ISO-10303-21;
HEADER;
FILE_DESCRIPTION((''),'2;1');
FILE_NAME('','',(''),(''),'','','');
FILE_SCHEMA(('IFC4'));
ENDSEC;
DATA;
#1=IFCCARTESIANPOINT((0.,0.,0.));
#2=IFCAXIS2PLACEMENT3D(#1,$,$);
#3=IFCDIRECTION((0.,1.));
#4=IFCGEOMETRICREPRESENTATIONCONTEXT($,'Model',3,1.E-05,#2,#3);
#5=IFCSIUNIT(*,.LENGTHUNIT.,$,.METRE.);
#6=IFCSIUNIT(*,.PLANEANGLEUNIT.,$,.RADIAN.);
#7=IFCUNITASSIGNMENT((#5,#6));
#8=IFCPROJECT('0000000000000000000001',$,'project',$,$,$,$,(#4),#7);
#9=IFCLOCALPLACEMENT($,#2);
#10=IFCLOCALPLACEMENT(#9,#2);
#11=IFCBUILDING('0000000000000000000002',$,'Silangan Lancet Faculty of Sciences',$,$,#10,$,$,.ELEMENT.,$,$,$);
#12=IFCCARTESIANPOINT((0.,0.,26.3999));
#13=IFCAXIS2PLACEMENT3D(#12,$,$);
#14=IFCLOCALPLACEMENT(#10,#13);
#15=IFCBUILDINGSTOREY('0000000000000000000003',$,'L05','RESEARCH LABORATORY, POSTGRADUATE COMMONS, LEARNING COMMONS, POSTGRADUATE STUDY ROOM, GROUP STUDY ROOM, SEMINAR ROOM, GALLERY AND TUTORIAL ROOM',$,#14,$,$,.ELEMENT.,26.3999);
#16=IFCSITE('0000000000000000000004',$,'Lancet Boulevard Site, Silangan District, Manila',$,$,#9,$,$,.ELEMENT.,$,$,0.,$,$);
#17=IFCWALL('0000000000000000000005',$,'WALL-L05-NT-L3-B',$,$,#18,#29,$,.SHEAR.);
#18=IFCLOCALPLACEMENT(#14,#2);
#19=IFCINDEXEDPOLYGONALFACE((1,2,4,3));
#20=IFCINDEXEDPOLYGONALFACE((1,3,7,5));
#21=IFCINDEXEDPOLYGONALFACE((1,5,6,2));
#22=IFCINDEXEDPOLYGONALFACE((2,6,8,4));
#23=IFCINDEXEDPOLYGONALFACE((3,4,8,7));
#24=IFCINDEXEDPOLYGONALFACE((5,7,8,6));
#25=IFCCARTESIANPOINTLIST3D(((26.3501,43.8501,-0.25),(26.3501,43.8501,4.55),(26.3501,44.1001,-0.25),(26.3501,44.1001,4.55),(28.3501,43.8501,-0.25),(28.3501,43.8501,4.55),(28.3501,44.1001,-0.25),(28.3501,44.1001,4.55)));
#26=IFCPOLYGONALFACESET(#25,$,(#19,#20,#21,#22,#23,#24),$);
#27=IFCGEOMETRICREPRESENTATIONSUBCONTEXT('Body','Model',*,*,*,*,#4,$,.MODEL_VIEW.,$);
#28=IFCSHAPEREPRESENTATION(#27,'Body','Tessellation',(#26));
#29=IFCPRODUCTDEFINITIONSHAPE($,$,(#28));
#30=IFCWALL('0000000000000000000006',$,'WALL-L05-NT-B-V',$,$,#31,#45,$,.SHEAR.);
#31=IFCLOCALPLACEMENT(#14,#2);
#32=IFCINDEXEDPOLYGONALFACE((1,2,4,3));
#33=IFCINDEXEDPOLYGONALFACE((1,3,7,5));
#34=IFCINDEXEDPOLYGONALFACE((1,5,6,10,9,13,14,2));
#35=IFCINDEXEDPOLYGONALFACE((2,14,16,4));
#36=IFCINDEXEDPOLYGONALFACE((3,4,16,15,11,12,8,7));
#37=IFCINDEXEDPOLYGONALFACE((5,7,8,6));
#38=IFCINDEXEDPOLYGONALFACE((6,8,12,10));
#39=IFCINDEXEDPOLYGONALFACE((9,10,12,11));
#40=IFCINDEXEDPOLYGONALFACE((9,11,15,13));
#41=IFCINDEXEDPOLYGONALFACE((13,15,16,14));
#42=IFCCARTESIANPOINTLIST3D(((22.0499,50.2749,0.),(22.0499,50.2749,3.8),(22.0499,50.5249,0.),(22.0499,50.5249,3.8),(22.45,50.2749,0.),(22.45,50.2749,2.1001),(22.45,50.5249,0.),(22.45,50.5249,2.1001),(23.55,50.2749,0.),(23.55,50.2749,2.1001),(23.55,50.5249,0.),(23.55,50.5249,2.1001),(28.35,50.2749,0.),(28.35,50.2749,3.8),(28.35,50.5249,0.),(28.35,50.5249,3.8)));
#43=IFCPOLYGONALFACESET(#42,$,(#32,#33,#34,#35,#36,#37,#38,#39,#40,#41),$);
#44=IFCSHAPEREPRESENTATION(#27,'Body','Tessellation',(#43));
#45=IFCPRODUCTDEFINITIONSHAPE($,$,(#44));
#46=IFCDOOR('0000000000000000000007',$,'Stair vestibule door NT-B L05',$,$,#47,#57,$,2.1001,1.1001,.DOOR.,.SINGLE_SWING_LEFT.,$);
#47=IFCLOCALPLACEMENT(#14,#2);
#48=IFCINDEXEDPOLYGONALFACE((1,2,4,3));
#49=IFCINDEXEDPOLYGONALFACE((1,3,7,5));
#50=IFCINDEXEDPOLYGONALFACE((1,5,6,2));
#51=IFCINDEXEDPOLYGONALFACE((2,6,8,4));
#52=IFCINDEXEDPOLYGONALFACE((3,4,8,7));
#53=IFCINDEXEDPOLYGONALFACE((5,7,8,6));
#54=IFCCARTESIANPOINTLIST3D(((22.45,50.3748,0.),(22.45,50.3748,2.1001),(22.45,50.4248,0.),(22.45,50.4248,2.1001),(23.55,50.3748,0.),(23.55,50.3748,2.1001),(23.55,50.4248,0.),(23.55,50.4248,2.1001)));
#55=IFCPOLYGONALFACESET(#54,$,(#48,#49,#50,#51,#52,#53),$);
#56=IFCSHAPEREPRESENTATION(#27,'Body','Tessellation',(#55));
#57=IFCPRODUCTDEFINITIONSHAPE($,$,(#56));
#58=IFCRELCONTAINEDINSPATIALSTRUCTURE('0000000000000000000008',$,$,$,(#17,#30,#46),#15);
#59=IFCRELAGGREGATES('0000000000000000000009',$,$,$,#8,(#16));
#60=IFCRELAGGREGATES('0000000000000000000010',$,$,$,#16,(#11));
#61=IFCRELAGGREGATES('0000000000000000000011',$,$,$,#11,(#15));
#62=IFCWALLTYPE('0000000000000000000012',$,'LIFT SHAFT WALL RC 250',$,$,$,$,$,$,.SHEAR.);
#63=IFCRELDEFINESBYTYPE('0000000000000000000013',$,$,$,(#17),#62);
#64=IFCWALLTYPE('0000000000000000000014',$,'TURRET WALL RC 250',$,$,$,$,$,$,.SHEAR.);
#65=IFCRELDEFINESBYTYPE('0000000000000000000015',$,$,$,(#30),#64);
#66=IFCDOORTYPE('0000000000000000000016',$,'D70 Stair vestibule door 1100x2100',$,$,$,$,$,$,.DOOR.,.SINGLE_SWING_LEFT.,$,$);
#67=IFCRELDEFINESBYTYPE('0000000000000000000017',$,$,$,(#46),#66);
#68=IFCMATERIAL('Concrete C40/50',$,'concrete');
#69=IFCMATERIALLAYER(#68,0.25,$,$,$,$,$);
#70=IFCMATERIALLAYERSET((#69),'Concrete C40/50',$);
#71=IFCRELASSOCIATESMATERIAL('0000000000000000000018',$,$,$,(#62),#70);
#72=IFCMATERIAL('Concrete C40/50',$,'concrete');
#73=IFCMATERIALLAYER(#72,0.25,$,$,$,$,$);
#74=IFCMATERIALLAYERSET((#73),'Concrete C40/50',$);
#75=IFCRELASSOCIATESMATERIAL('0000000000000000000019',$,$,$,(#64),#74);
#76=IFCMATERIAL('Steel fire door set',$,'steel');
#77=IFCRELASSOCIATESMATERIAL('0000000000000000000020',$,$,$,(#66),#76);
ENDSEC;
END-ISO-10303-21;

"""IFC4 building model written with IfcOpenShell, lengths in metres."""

from ifc_helpers import new_model, si_unit, direction, frame, frame_2d, origin, place, context, subcontext, project, spatial, rectangle, extrude, material, layer, layer_set, type_object, element, fill, save


model = new_model("IFC4")

# Units and contexts
model_context = context("Model", 3, precision=1e-05, world=origin(), true_north=direction((0.0, 1.0)))
body_context = subcontext(model_context, "Body", "Model", "MODEL_VIEW")
ifc_project = project(units=[si_unit("LENGTHUNIT", "METRE"), si_unit("PLANEANGLEUNIT", "RADIAN")], contexts=[model_context])

# Site, building, storey
site_placement = place(None, origin())
site = spatial("IfcSite", under=ifc_project, at=site_placement, Name="Lancet Boulevard Site, Silangan District, Manila", CompositionType="ELEMENT", RefElevation=0.0)
building_placement = place(site_placement, origin())
building = spatial("IfcBuilding", under=site, at=building_placement, Name="Silangan Lancet Faculty of Sciences", CompositionType="ELEMENT")
storey_placement = place(building_placement, frame((0.0, 0.0, 26.3999)))
storey = spatial("IfcBuildingStorey", under=building, at=storey_placement, Name="L05", Description="RESEARCH LABORATORY, POSTGRADUATE COMMONS, LEARNING COMMONS, POSTGRADUATE STUDY ROOM, GROUP STUDY ROOM, SEMINAR ROOM, GALLERY AND TUTORIAL ROOM", CompositionType="ELEMENT", Elevation=26.3999)

# Shared definitions
ifc_material_1 = material(Name="Concrete C40/50", Category="concrete")
ifc_layer_1 = layer(ifc_material_1, 0.25)
ifc_layer_set_1 = layer_set([ifc_layer_1], Name="Concrete C40/50")
wall_type_1 = type_object("IfcWallType", Name="LIFT SHAFT WALL RC 250", PredefinedType="SHEAR", material=ifc_layer_set_1)

# Wall
wall_1_placement = place(storey_placement, frame((26.3501, 43.9751, -0.25), z_axis=(0.0, 0.0, 1.0), x_axis=(1.0, 0.0, 0.0)))
element("IfcWall", 1, at=wall_1_placement, inside=storey, type_object=wall_type_1, Name="WALL-L05-NT-L3-B", PredefinedType="SHEAR", context=body_context, shape_type="SweptSolid", body=[
    extrude(rectangle(XDim=2.0, YDim=0.25, at=frame_2d((1.0, 0.0))), origin(), (0.0, 0.0, 1.0), 4.8),
])

# Wall, opening, door
ifc_material_2 = material(Name="Concrete C40/50", Category="concrete")
ifc_layer_2 = layer(ifc_material_2, 0.25)
ifc_layer_set_2 = layer_set([ifc_layer_2], Name="Concrete C40/50")
wall_type_2 = type_object("IfcWallType", Name="TURRET WALL RC 250", PredefinedType="SHEAR", material=ifc_layer_set_2)
wall_2_placement = place(storey_placement, frame((22.05, 50.3999, 0.0), z_axis=(0.0, 0.0, 1.0), x_axis=(1.0, 0.0, 0.0)))
wall_2 = element("IfcWall", 2, at=wall_2_placement, inside=storey, type_object=wall_type_2, Name="WALL-L05-NT-B-V", PredefinedType="SHEAR", context=body_context, shape_type="SweptSolid", body=[
    extrude(rectangle(XDim=6.3, YDim=0.25, at=frame_2d((3.1499, 0.0))), origin(), (0.0, 0.0, 1.0), 3.8),
])
opening_1_placement = place(wall_2_placement, frame((0.3999, 0.0, 0.0)))
opening_1 = element("IfcOpeningElement", 3, at=opening_1_placement, cuts=wall_2, PredefinedType="OPENING", context=body_context, shape_type="SweptSolid", body=[
    extrude(rectangle(XDim=1.1001, YDim=2.1001, at=frame_2d((0.55, 1.05))), frame((0.0, 0.135, 0.0), z_axis=(0.0, -1.0, 0.0), x_axis=(1.0, 0.0, 0.0)), (0.0, 0.0, 1.0), 0.27),
])
ifc_material_3 = material(Name="Steel fire door set", Category="steel")
door_type_1 = type_object("IfcDoorType", Name="D70 Stair vestibule door 1100x2100", OperationType="SINGLE_SWING_LEFT", PredefinedType="DOOR", material=ifc_material_3)
door_1_placement = place(opening_1_placement, origin())
door_1 = element("IfcDoor", 4, at=door_1_placement, inside=storey, type_object=door_type_1, Name="Stair vestibule door NT-B L05", OperationType="SINGLE_SWING_LEFT", OverallHeight=2.1001, OverallWidth=1.1001, PredefinedType="DOOR", context=body_context, shape_type="SweptSolid", body=[
    extrude(rectangle(XDim=1.1001, YDim=2.1001, at=frame_2d((0.55, 1.05))), frame((0.0, 0.0249, 0.0), z_axis=(0.0, -1.0, 0.0), x_axis=(1.0, 0.0, 0.0)), (0.0, 0.0, 1.0), 0.05),
])
fill(opening_1, door_1)

save(model, "model.ifc")
